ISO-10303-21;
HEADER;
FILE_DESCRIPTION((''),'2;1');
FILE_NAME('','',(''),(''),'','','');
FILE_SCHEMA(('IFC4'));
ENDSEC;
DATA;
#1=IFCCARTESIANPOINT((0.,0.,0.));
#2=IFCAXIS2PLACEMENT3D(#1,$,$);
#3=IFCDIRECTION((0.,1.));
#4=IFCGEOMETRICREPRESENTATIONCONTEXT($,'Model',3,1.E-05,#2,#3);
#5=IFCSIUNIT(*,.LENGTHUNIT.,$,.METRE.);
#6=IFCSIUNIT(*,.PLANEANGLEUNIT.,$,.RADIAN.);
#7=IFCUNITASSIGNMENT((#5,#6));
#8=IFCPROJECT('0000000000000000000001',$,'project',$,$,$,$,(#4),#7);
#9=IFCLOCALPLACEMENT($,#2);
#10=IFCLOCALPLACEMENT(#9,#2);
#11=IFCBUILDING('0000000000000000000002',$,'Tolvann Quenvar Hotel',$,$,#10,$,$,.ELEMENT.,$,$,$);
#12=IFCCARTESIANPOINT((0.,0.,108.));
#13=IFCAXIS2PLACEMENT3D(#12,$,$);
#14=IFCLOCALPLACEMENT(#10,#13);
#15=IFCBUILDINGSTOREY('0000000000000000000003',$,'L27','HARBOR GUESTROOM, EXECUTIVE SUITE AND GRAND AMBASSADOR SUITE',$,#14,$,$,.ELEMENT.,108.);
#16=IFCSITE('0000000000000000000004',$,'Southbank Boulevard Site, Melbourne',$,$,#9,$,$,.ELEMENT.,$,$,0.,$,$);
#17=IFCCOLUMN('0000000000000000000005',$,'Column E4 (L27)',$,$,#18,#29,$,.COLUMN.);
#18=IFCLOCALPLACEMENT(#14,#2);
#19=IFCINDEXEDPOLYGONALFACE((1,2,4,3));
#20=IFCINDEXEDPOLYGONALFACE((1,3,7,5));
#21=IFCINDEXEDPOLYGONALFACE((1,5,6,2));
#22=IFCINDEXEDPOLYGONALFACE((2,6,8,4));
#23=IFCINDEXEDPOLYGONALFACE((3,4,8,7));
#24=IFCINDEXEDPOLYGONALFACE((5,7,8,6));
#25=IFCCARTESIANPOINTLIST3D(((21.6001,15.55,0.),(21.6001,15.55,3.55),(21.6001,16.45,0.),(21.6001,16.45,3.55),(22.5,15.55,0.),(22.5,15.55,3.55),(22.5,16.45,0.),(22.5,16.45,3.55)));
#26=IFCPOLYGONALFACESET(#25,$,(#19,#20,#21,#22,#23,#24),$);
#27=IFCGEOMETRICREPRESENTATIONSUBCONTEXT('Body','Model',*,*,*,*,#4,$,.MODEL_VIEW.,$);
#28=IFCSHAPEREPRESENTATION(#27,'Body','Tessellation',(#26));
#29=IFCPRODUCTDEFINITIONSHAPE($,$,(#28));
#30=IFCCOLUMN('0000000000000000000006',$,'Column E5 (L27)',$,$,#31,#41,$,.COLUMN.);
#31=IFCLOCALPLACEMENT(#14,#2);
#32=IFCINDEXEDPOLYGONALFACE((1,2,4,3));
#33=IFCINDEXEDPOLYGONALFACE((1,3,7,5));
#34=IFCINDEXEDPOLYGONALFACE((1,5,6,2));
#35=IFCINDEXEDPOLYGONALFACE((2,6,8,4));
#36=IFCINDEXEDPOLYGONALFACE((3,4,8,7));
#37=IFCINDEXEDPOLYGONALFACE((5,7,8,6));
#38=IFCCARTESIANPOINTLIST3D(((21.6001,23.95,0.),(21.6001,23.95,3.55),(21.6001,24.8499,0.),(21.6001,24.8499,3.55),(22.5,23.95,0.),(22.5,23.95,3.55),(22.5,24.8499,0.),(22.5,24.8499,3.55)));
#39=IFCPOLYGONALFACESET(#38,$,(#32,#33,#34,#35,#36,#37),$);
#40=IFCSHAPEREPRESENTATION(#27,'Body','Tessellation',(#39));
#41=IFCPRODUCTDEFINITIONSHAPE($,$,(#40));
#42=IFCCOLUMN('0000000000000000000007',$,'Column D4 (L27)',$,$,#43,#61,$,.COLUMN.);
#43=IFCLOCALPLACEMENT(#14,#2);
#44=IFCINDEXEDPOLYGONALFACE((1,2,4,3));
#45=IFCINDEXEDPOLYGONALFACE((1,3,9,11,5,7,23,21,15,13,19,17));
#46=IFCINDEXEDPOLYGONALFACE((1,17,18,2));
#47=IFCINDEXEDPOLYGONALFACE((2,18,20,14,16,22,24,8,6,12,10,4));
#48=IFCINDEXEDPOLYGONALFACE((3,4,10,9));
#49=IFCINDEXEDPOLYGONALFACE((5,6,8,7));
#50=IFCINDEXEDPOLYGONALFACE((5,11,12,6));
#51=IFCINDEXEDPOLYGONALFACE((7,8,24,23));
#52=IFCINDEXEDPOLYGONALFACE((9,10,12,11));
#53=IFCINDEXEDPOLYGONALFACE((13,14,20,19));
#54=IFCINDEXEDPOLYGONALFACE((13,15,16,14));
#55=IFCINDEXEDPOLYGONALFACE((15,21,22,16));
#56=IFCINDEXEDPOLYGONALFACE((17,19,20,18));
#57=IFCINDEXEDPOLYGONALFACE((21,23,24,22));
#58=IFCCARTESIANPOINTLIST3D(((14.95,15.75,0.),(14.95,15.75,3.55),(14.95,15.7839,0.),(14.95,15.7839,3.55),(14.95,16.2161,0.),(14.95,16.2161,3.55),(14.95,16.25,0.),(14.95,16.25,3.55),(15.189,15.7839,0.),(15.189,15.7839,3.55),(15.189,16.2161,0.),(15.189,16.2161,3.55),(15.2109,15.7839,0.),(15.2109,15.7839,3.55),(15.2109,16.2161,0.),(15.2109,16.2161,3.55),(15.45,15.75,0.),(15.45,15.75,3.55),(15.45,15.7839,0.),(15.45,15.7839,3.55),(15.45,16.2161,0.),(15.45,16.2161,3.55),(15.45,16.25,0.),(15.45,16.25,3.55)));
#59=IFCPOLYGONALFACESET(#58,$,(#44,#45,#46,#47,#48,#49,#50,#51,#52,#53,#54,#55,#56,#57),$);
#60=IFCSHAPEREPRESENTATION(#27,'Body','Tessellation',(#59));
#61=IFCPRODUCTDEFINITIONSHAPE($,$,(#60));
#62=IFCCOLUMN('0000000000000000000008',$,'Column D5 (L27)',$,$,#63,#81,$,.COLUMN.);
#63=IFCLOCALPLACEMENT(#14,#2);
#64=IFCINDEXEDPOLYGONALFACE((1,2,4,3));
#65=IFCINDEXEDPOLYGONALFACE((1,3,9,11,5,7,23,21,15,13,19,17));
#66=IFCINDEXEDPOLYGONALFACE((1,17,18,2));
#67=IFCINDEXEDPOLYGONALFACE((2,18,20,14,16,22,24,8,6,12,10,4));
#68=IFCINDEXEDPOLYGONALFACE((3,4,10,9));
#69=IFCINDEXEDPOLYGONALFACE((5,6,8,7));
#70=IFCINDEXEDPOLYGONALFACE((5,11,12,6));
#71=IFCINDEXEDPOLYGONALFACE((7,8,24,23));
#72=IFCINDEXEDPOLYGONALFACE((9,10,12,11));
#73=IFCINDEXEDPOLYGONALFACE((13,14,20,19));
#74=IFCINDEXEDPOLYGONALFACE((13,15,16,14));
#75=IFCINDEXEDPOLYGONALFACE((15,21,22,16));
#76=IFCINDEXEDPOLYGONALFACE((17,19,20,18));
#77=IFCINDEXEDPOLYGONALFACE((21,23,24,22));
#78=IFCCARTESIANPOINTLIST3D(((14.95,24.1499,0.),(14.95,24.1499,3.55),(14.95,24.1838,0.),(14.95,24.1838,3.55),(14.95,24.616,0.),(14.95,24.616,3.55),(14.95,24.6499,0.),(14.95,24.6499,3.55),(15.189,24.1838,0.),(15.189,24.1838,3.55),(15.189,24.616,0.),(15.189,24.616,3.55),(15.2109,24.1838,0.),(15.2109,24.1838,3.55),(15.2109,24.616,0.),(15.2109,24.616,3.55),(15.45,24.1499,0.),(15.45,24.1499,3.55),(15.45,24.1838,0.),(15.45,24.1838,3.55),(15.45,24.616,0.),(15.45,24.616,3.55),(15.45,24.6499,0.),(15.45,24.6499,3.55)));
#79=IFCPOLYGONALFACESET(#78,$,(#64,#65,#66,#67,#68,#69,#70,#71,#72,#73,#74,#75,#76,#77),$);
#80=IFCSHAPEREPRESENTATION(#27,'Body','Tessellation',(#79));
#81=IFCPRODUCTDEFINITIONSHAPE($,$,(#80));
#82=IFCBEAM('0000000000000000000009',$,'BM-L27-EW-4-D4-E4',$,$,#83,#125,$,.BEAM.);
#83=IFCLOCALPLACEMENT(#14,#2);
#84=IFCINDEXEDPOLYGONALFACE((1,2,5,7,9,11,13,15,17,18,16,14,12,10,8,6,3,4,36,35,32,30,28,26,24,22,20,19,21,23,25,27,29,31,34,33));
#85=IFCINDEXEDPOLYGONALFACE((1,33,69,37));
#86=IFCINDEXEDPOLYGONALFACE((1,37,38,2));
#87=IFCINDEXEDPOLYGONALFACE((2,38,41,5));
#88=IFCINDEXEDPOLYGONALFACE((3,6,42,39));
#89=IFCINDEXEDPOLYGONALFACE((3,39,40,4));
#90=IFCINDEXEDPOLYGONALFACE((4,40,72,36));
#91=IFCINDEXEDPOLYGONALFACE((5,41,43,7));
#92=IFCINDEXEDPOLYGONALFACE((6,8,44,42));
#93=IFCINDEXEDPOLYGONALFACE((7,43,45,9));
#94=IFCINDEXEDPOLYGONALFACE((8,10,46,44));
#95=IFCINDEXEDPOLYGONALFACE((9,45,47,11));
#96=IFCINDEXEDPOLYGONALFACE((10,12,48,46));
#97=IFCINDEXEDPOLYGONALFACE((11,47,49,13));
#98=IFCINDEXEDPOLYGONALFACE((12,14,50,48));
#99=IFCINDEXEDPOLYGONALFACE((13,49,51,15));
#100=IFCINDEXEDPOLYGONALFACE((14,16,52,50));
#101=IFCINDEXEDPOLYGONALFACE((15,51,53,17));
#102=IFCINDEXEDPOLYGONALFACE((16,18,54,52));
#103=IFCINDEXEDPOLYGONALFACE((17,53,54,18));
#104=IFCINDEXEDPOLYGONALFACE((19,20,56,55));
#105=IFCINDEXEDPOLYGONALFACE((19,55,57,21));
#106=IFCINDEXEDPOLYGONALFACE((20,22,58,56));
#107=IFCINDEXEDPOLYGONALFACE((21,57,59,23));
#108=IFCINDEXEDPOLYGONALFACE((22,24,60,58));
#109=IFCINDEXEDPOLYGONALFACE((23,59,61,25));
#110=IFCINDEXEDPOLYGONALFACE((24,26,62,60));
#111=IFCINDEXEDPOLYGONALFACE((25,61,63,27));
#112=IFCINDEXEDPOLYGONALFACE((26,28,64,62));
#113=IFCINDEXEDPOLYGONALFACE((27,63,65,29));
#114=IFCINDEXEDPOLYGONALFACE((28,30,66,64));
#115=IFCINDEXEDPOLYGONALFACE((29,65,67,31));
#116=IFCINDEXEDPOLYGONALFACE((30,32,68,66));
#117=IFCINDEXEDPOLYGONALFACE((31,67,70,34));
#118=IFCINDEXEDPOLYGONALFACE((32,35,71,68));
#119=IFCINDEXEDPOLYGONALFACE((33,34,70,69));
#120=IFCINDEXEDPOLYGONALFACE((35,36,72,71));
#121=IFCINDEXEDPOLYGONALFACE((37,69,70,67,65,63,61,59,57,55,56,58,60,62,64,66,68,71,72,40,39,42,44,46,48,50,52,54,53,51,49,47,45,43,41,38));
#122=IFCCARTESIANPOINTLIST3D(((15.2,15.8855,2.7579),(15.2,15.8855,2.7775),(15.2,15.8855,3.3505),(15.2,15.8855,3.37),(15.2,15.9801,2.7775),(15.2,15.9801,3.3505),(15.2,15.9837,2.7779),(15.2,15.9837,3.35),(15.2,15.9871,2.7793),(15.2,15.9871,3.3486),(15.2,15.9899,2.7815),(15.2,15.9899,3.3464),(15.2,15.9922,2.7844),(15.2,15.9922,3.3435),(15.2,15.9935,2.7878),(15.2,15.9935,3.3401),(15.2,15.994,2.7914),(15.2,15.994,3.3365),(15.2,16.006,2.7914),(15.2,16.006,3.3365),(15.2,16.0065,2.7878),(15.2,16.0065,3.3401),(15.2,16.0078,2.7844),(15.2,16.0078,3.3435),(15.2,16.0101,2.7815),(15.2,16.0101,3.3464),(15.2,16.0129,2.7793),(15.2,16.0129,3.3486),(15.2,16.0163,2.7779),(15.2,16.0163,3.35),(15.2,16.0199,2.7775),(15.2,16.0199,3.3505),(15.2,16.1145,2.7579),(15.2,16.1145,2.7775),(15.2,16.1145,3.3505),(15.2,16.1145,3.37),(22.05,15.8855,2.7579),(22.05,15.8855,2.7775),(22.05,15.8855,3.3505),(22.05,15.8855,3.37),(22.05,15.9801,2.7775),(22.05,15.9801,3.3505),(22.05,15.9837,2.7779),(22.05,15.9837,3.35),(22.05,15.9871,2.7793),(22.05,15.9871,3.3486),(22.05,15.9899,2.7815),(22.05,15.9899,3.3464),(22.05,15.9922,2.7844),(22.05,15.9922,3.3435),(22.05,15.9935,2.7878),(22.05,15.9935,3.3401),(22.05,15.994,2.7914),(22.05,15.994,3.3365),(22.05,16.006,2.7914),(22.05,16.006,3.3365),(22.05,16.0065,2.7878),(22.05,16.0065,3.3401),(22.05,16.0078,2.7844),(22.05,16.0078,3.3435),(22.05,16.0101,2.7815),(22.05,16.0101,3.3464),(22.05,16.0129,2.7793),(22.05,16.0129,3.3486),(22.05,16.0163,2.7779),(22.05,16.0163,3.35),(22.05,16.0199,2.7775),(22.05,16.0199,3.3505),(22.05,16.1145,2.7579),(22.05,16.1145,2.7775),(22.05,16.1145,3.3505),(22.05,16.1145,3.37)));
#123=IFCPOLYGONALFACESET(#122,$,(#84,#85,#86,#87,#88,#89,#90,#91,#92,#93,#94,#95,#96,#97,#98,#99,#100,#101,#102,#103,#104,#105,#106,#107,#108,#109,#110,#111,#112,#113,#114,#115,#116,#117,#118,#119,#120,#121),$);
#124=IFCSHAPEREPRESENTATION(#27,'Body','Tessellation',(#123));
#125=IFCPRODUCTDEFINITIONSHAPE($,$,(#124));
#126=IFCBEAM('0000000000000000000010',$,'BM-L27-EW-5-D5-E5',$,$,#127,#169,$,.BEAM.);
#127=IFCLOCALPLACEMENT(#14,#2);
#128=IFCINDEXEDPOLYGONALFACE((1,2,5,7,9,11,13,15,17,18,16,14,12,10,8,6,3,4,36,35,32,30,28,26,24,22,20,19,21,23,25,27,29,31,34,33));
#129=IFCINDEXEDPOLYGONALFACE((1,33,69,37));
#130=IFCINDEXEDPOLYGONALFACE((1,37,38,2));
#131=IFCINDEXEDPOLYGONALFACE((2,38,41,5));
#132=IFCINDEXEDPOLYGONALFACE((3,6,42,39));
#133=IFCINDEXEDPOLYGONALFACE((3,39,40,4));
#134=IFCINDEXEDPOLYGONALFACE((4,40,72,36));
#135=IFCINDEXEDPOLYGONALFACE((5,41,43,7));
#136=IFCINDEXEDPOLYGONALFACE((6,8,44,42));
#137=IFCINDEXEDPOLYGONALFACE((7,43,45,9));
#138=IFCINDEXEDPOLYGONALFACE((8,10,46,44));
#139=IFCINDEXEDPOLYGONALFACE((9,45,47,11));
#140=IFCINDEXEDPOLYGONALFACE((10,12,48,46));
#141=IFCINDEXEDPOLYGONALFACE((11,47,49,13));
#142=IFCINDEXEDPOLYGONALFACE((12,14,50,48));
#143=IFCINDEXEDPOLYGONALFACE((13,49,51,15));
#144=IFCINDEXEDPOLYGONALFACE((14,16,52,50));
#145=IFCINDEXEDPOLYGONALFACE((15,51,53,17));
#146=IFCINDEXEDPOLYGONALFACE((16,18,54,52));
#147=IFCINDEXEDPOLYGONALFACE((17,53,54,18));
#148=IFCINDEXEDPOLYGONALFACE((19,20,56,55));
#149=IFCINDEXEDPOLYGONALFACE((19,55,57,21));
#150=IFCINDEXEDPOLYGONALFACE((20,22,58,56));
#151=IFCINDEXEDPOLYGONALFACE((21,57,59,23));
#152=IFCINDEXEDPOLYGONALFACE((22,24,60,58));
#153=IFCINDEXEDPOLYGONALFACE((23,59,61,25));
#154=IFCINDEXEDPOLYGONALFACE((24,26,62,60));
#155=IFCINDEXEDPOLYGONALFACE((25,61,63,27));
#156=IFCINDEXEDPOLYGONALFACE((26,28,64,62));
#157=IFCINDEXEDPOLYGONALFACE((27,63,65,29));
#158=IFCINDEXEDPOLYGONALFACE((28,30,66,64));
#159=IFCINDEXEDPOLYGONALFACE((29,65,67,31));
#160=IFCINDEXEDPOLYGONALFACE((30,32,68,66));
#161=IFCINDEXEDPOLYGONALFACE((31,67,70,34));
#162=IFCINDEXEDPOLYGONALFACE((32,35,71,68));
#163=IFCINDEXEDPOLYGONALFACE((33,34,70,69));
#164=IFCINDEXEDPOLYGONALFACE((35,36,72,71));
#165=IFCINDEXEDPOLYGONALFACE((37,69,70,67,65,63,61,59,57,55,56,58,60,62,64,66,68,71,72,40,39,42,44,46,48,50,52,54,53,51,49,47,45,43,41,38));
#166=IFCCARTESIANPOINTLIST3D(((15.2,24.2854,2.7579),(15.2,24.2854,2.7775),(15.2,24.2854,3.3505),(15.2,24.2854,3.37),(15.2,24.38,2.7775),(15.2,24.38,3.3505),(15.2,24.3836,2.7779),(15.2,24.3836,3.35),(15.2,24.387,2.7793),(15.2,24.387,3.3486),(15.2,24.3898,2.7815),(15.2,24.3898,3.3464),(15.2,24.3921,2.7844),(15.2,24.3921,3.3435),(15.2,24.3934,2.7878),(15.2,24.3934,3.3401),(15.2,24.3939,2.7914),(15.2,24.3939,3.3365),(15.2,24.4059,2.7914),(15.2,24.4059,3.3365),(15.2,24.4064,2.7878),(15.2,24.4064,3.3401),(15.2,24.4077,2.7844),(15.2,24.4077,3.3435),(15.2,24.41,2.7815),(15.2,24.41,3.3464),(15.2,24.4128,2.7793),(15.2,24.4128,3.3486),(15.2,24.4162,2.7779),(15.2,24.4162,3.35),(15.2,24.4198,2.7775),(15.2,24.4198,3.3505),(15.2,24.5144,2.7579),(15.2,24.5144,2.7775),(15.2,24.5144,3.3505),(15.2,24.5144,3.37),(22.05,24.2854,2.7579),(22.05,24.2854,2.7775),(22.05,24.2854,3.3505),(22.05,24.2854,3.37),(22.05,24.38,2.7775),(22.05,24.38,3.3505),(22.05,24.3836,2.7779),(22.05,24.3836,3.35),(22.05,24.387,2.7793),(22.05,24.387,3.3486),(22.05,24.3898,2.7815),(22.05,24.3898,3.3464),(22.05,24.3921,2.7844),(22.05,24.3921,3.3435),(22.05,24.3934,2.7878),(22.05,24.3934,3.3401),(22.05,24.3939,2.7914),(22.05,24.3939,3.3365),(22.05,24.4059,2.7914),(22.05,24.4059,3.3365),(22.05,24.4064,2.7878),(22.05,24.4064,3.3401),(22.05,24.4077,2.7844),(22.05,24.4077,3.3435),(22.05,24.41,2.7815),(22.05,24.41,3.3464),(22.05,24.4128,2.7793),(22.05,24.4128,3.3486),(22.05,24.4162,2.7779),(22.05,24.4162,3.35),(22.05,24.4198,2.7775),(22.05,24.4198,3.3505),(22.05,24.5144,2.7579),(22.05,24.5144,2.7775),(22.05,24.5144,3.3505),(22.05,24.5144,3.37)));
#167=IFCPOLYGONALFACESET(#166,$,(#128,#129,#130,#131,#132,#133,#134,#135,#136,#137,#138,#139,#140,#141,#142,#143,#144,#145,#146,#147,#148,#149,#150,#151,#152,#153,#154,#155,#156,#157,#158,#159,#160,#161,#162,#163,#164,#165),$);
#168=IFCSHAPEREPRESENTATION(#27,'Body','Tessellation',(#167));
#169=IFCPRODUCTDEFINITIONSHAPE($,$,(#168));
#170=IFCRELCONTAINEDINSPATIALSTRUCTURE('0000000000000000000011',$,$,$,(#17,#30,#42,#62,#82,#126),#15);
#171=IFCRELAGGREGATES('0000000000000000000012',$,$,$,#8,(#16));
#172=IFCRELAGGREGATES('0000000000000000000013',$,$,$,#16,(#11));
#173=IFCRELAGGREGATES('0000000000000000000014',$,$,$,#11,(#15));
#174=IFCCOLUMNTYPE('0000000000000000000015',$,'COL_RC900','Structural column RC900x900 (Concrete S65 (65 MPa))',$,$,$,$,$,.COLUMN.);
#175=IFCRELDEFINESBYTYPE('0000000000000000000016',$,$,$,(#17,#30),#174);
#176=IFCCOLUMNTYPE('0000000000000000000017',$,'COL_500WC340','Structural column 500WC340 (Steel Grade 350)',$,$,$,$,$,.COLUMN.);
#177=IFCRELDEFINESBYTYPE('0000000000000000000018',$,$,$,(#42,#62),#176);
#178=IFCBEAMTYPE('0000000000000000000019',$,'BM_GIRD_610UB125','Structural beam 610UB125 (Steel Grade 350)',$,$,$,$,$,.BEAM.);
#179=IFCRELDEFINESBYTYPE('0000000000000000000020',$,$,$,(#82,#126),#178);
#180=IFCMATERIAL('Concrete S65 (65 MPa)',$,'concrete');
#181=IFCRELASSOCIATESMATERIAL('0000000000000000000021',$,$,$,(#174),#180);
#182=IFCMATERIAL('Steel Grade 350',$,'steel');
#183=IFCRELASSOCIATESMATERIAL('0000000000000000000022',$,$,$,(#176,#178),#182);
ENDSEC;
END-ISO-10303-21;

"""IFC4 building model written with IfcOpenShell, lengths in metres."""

from ifc_helpers import new_model, si_unit, direction, frame, origin, origin_2d, place, context, subcontext, project, spatial, rectangle, i_section, extrude, source, transform, mapped, material, material_profile, profile_set, type_object, type_shapes, element, save


model = new_model("IFC4")

# Units and contexts
model_context = context("Model", 3, precision=1e-05, world=origin(), true_north=direction((0.0, 1.0)))
body_context = subcontext(model_context, "Body", "Model", "MODEL_VIEW")
ifc_project = project(units=[si_unit("LENGTHUNIT", "METRE"), si_unit("PLANEANGLEUNIT", "RADIAN")], contexts=[model_context])

# Site, building, storey
site_placement = place(None, origin())
site = spatial("IfcSite", under=ifc_project, at=site_placement, Name="Southbank Boulevard Site, Melbourne", CompositionType="ELEMENT", RefElevation=0.0)
building_placement = place(site_placement, origin())
building = spatial("IfcBuilding", under=site, at=building_placement, Name="Tolvann Quenvar Hotel", CompositionType="ELEMENT")
storey_placement = place(building_placement, frame((0.0, 0.0, 108.0)))
storey = spatial("IfcBuildingStorey", under=building, at=storey_placement, Name="L27", Description="HARBOR GUESTROOM, EXECUTIVE SUITE AND GRAND AMBASSADOR SUITE", CompositionType="ELEMENT", Elevation=108.0)

# Columns
ifc_material_1 = material(Name="Concrete S65 (65 MPa)", Category="concrete")
ifc_material_profile_1 = material_profile(ifc_material_1, rectangle(XDim=0.8999, YDim=0.8999, at=origin_2d()), Name="RC900x900")
ifc_profile_set_1 = profile_set([ifc_material_profile_1], Name="Concrete S65 (65 MPa)")
column_type_1 = type_object("IfcColumnType", Name="COL_RC900", Description="Structural column RC900x900 (Concrete S65 (65 MPa))", PredefinedType="COLUMN", material=ifc_profile_set_1)
shared_shape_1 = source(origin(), body_context, "Body", "SweptSolid", [
    extrude(rectangle(XDim=0.8999, YDim=0.8999, at=origin_2d()), origin(), (0.0, 0.0, 1.0), 3.55),
])
type_shapes(column_type_1, [shared_shape_1])
for number, where, z_axis, x_axis, name in (
    (1, (22.05, 16.0, 0.0), (0.0, 0.0, 1.0), (1.0, 0.0, 0.0), "Column E4 (L27)"),
    (2, (22.05, 24.3999, 0.0), (0.0, 0.0, 1.0), (1.0, 0.0, 0.0), "Column E5 (L27)"),
):
    element("IfcColumn", number, at=place(storey_placement, frame(where, z_axis=z_axis, x_axis=x_axis)), inside=storey, type_object=column_type_1, Name=name, PredefinedType="COLUMN", context=body_context, shape_type="MappedRepresentation", body=[
        mapped(shared_shape_1, transform((0.0, 0.0, 0.0), x_axis=(1.0, 0.0, 0.0), y_axis=(0.0, 1.0, 0.0), z_axis=(0.0, 0.0, 1.0), scale=1.0)),
    ])
ifc_material_2 = material(Name="Steel Grade 350", Category="steel")
ifc_material_profile_2 = material_profile(ifc_material_2, i_section(OverallWidth=0.5, OverallDepth=0.5, WebThickness=0.022, FlangeThickness=0.0339, at=origin_2d()), Name="500WC340")
ifc_profile_set_2 = profile_set([ifc_material_profile_2], Name="Steel Grade 350")
column_type_2 = type_object("IfcColumnType", Name="COL_500WC340", Description="Structural column 500WC340 (Steel Grade 350)", PredefinedType="COLUMN", material=ifc_profile_set_2)
shared_shape_2 = source(origin(), body_context, "Body", "SweptSolid", [
    extrude(i_section(OverallWidth=0.5, OverallDepth=0.5, WebThickness=0.022, FlangeThickness=0.0339, at=origin_2d()), origin(), (0.0, 0.0, 1.0), 3.55),
])
type_shapes(column_type_2, [shared_shape_2])
for number, where, z_axis, x_axis, name in (
    (3, (15.2, 16.0, 0.0), (0.0, 0.0, 1.0), (1.0, 0.0, 0.0), "Column D4 (L27)"),
    (4, (15.2, 24.3999, 0.0), (0.0, 0.0, 1.0), (1.0, 0.0, 0.0), "Column D5 (L27)"),
):
    element("IfcColumn", number, at=place(storey_placement, frame(where, z_axis=z_axis, x_axis=x_axis)), inside=storey, type_object=column_type_2, Name=name, PredefinedType="COLUMN", context=body_context, shape_type="MappedRepresentation", body=[
        mapped(shared_shape_2, transform((0.0, 0.0, 0.0), x_axis=(1.0, 0.0, 0.0), y_axis=(0.0, 1.0, 0.0), z_axis=(0.0, 0.0, 1.0), scale=1.0)),
    ])

# Beams
ifc_material_profile_3 = material_profile(ifc_material_2, i_section(OverallWidth=0.229, OverallDepth=0.6121, WebThickness=0.012, FlangeThickness=0.0195, FilletRadius=0.0139, at=origin_2d()), Name="610UB125")
ifc_profile_set_3 = profile_set([ifc_material_profile_3], Name="Steel Grade 350")
beam_type_1 = type_object("IfcBeamType", Name="BM_GIRD_610UB125", Description="Structural beam 610UB125 (Steel Grade 350)", PredefinedType="BEAM", material=ifc_profile_set_3)
shared_shape_3 = source(origin(), body_context, "Body", "SweptSolid", [
    extrude(i_section(OverallWidth=0.229, OverallDepth=0.6121, WebThickness=0.012, FlangeThickness=0.0195, FilletRadius=0.0139, at=origin_2d()), origin(), (0.0, 0.0, 1.0), 6.8501),
])
for number, where, z_axis, x_axis, name in (
    (5, (15.2, 16.0, 3.064), (1.0, 0.0, 0.0), (0.0, 1.0, 0.0), "BM-L27-EW-4-D4-E4"),
    (6, (15.2, 24.3999, 3.064), (1.0, 0.0, 0.0), (0.0, 1.0, 0.0), "BM-L27-EW-5-D5-E5"),
):
    element("IfcBeam", number, at=place(storey_placement, frame(where, z_axis=z_axis, x_axis=x_axis)), inside=storey, type_object=beam_type_1, Name=name, PredefinedType="BEAM", context=body_context, shape_type="MappedRepresentation", body=[
        mapped(shared_shape_3, transform((0.0, 0.0, 0.0), x_axis=(1.0, 0.0, 0.0), y_axis=(0.0, 1.0, 0.0), z_axis=(0.0, 0.0, 1.0), scale=1.0)),
    ])

save(model, "model.ifc")
